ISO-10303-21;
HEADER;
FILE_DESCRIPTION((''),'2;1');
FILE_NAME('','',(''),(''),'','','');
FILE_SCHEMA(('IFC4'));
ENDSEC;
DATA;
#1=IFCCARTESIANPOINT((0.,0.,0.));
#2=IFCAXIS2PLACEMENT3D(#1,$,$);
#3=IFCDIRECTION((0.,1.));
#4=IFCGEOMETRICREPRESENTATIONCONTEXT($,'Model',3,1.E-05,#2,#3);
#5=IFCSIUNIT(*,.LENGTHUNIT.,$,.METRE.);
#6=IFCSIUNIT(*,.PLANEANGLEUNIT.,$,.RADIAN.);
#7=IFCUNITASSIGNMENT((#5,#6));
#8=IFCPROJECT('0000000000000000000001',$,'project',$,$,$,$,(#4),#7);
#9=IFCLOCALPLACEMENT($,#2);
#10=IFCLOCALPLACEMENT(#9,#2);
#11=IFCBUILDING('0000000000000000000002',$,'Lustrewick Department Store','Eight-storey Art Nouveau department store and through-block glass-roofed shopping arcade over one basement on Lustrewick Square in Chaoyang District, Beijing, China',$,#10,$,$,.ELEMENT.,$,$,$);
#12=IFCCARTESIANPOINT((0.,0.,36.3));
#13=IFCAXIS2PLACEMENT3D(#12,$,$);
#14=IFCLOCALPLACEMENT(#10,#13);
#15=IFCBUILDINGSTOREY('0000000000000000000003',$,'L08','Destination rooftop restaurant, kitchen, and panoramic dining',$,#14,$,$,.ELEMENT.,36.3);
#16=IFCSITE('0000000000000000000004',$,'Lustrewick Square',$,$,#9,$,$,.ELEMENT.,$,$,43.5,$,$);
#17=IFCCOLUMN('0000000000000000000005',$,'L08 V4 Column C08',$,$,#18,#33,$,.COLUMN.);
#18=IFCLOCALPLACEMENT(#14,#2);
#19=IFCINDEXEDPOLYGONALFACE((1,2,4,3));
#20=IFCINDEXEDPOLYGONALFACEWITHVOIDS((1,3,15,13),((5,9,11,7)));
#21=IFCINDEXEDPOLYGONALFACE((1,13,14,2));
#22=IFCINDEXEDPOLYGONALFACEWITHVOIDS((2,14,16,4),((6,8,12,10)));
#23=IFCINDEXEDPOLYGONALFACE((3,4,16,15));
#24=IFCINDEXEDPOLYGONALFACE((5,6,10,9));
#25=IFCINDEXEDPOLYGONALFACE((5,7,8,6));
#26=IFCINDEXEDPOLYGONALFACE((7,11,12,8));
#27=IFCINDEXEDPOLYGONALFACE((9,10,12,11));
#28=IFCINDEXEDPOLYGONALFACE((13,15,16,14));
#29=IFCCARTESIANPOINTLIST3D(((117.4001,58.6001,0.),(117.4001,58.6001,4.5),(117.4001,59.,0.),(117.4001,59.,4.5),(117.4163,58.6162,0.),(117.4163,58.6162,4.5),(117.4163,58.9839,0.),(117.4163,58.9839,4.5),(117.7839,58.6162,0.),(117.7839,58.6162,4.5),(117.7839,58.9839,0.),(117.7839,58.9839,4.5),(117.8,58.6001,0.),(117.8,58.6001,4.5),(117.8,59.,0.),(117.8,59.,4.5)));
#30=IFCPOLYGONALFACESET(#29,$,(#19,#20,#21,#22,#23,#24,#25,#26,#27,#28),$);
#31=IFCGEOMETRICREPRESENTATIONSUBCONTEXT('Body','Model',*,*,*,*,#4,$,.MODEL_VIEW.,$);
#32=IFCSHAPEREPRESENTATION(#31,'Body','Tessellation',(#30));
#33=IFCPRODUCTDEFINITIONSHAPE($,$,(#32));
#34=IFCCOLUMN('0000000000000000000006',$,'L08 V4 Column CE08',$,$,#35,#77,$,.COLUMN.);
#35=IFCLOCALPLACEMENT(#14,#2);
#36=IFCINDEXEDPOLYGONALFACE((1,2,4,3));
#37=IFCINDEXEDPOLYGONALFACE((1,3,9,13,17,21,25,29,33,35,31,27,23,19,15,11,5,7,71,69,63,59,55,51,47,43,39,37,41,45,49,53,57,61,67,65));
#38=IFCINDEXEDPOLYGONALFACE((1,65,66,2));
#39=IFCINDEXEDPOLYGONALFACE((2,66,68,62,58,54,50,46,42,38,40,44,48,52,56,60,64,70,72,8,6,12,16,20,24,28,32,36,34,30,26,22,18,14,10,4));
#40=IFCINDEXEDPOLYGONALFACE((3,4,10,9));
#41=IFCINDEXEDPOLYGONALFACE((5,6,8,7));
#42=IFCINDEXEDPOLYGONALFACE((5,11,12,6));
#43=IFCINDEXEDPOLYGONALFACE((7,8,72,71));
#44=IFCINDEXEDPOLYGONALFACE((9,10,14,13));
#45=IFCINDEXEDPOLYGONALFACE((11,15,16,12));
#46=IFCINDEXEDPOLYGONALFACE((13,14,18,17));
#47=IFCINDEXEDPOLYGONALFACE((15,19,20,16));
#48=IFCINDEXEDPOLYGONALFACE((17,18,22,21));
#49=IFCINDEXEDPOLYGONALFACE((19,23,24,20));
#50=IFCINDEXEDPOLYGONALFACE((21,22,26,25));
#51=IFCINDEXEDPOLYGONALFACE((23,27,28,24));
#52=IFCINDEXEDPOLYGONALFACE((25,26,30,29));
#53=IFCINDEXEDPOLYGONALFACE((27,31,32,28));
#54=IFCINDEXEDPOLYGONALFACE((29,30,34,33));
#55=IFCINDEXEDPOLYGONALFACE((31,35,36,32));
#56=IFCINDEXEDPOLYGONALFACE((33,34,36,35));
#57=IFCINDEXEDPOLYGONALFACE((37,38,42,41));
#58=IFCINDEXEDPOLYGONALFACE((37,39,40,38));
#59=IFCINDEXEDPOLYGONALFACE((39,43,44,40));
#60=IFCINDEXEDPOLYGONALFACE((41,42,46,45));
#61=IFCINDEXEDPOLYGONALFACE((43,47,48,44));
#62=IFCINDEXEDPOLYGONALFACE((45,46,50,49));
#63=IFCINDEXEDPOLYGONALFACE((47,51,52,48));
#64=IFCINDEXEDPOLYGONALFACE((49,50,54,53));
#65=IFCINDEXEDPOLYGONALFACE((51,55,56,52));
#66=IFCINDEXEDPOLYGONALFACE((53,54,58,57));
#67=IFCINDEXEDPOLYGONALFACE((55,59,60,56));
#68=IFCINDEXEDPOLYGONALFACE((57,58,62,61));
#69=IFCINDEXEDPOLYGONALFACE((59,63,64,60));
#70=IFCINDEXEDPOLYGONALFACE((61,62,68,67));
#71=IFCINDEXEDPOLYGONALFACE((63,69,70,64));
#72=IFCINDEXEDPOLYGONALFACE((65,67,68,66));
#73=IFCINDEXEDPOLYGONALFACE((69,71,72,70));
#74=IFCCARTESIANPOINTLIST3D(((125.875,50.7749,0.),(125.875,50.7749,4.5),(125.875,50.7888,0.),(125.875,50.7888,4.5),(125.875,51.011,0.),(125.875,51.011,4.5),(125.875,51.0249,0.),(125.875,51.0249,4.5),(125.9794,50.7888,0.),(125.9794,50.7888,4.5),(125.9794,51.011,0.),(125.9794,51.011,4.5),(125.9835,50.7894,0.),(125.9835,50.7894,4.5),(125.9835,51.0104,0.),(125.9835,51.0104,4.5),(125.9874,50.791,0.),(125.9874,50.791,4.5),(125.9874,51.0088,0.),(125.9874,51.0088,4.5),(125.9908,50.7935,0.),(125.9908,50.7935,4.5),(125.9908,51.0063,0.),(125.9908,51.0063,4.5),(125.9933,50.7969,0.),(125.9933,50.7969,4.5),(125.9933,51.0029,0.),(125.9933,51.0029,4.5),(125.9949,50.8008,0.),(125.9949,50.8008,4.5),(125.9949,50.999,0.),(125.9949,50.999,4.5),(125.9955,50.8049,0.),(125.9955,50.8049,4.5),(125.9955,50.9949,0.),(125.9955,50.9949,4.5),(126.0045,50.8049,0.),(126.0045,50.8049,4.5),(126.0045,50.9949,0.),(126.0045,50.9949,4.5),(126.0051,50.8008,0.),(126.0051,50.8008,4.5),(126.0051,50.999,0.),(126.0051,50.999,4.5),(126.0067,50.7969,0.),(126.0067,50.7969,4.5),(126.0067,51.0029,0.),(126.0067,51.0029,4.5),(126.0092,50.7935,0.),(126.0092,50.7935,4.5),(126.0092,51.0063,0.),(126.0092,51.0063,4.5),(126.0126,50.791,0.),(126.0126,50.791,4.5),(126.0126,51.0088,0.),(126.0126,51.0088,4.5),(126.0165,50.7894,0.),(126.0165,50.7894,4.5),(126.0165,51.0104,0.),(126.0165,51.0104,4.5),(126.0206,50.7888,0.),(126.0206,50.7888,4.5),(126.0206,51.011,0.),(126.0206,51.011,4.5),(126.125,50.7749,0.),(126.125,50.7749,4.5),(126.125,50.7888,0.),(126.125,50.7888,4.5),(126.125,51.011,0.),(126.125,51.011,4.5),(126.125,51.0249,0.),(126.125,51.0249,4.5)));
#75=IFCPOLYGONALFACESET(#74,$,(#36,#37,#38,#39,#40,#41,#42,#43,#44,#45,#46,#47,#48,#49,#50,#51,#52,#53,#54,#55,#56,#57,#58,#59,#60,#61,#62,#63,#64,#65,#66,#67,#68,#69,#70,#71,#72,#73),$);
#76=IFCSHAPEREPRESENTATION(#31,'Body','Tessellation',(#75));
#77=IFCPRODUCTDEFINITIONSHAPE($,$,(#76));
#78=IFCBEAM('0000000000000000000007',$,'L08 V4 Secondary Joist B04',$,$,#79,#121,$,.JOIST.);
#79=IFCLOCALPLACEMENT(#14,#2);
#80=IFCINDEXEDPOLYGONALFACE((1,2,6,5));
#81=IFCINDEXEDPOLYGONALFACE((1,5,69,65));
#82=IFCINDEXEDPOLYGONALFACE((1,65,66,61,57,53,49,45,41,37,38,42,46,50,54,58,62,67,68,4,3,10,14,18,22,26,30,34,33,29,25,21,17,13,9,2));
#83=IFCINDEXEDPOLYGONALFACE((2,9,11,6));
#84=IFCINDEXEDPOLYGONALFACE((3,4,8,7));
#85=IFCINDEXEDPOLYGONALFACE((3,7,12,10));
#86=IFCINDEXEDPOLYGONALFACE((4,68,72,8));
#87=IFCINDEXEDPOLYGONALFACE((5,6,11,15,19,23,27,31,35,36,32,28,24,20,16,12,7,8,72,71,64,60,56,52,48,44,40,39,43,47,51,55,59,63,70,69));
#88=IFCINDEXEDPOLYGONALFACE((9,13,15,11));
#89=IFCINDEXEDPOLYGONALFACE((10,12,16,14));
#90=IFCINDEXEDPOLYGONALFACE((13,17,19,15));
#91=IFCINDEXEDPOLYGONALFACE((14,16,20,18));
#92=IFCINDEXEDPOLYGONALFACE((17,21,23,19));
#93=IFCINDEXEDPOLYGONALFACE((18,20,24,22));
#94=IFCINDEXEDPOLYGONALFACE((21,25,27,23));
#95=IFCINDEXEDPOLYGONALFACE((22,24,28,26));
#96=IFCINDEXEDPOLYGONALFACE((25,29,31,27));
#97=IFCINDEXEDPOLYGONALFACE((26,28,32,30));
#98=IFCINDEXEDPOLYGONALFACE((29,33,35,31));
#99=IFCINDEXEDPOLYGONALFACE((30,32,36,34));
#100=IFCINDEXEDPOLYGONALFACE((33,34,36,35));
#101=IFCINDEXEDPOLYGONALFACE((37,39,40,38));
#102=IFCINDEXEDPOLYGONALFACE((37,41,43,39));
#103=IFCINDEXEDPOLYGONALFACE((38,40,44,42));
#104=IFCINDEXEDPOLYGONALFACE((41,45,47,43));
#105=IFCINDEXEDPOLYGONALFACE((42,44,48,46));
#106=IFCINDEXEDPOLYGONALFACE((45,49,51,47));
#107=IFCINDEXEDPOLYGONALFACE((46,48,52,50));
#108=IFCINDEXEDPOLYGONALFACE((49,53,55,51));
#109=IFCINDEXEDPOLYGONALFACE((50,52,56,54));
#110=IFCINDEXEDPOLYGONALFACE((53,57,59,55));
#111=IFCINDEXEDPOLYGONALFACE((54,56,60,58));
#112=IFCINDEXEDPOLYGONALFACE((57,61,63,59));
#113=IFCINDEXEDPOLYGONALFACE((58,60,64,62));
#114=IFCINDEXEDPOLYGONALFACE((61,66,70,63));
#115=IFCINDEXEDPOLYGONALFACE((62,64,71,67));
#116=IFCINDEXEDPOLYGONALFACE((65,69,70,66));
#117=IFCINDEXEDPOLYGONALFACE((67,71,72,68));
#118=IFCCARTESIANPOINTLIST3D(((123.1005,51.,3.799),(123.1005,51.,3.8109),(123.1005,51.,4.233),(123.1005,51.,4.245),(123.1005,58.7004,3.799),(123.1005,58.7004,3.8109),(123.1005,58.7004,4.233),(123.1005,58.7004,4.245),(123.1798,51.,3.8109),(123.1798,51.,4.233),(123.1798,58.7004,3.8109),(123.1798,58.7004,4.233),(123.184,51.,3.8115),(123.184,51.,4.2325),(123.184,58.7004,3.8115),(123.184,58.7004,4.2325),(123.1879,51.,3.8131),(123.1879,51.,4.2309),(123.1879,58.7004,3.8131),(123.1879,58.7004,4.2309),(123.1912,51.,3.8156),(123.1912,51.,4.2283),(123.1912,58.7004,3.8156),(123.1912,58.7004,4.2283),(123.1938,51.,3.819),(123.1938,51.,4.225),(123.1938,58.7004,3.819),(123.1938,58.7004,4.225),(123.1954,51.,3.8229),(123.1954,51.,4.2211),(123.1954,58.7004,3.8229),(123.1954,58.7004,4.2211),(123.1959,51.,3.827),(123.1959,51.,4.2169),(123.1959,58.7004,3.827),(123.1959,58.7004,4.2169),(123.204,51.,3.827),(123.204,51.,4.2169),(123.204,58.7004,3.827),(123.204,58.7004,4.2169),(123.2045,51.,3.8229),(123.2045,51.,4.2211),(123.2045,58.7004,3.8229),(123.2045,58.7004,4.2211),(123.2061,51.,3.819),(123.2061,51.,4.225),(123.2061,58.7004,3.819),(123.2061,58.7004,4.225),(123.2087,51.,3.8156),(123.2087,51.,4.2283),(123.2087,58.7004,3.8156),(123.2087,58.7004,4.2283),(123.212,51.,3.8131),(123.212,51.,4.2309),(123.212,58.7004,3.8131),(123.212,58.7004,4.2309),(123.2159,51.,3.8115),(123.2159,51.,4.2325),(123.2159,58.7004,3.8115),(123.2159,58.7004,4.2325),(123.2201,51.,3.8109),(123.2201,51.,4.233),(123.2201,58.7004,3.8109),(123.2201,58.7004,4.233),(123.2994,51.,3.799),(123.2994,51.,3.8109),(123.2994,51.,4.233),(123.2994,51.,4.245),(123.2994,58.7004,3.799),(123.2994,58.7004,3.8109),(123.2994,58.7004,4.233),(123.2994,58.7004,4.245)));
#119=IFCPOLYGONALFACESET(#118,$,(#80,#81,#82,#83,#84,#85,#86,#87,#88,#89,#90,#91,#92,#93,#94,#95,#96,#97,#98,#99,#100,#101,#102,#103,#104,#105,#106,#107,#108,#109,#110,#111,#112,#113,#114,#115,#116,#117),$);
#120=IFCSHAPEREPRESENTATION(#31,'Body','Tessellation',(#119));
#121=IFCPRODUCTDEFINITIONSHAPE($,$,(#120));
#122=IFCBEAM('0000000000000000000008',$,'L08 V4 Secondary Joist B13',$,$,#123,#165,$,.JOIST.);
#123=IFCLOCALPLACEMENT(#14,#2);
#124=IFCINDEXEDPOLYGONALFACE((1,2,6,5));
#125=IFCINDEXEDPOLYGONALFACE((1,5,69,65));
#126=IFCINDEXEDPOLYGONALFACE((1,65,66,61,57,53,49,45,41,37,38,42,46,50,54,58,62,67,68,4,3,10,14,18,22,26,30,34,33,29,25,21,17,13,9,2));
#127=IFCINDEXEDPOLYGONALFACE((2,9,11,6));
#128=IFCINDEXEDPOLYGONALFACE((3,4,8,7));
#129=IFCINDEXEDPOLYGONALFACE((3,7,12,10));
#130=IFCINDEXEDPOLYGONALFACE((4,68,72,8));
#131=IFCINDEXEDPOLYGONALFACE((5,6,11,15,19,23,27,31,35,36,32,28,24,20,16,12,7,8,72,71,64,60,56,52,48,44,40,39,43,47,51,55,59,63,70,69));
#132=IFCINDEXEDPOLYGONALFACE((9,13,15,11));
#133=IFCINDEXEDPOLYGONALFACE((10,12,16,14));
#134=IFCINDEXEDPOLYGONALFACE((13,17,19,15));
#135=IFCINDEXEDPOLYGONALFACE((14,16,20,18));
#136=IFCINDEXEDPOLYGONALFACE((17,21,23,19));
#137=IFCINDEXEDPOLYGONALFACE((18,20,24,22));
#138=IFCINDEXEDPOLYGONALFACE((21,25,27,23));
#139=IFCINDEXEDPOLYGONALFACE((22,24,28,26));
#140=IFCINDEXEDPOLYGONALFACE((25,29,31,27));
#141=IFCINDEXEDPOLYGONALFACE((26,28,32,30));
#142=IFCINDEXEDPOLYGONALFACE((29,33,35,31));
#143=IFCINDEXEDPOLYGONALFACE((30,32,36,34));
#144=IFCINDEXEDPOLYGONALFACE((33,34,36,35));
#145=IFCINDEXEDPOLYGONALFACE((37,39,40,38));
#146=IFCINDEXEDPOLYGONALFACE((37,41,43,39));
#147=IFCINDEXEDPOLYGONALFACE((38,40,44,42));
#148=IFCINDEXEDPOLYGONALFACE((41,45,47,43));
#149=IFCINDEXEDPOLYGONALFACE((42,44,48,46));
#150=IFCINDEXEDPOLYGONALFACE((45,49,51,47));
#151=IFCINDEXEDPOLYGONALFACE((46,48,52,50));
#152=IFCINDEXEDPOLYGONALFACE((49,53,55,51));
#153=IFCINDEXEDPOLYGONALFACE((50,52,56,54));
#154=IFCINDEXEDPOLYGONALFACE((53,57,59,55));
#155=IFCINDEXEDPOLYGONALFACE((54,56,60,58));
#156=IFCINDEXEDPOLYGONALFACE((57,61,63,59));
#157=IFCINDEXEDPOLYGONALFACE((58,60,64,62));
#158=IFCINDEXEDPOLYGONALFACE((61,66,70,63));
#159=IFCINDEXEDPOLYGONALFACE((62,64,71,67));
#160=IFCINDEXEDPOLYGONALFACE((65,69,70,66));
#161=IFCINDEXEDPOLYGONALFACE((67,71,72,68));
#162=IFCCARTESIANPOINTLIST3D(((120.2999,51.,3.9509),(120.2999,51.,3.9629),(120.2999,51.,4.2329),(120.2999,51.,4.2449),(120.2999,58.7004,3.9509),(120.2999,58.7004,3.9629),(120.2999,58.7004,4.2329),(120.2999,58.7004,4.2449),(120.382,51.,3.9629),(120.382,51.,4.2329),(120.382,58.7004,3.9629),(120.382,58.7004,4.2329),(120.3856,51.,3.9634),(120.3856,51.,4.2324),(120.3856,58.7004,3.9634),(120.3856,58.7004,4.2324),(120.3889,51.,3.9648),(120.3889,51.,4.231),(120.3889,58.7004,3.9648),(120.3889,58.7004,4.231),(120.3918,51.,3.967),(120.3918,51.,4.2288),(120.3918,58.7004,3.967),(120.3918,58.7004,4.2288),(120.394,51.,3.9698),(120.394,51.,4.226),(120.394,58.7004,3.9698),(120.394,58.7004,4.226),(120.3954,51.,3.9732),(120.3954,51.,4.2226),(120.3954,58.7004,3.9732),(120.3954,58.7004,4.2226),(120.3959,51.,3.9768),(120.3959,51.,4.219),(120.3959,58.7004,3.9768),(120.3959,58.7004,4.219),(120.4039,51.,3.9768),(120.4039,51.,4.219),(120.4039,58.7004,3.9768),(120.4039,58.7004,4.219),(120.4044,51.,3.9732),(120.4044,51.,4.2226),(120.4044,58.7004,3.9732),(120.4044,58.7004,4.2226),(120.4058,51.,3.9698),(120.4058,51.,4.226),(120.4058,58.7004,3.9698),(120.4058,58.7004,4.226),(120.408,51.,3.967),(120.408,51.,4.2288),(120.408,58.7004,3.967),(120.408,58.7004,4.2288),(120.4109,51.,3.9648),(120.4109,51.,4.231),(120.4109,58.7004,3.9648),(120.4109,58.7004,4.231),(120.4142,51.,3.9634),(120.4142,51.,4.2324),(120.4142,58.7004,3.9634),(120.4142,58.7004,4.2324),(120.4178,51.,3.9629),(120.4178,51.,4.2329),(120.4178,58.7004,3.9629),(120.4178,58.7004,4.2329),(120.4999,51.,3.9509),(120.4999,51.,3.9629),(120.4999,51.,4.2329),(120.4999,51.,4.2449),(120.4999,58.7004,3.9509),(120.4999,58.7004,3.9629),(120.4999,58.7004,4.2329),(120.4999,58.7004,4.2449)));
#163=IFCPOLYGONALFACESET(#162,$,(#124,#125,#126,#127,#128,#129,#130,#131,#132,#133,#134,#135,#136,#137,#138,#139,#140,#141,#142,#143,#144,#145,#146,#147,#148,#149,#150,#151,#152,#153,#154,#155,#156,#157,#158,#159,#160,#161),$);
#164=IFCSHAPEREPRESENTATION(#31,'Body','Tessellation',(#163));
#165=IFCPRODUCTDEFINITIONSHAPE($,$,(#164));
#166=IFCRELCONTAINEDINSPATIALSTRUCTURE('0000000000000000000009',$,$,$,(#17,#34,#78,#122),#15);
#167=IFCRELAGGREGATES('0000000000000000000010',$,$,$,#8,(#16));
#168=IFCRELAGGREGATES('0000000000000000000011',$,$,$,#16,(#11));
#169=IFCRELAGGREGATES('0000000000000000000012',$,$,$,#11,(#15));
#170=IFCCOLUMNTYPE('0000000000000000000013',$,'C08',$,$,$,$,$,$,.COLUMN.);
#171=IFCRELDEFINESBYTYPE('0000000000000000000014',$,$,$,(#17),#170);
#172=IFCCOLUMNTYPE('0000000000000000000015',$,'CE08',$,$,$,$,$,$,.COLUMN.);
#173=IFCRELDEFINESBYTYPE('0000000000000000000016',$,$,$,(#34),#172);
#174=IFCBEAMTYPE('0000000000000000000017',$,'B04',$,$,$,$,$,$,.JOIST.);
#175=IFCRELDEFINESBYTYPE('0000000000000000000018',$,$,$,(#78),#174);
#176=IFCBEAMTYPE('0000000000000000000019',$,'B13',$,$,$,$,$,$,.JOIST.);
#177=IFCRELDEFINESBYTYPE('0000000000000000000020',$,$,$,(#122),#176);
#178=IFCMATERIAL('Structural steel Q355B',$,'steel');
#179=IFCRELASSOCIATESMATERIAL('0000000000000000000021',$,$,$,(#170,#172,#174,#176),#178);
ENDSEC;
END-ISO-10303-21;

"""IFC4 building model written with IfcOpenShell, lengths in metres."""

from ifc_helpers import new_model, si_unit, direction, frame, origin, origin_2d, place, context, subcontext, project, spatial, hollow_rectangle, i_section, extrude, material, material_profile, profile_set, type_object, element, save


model = new_model("IFC4")

# Units and contexts
model_context = context("Model", 3, precision=1e-05, world=origin(), true_north=direction((0.0, 1.0)))
body_context = subcontext(model_context, "Body", "Model", "MODEL_VIEW")
ifc_project = project(units=[si_unit("LENGTHUNIT", "METRE"), si_unit("PLANEANGLEUNIT", "RADIAN")], contexts=[model_context])

# Site, building, storey
site_placement = place(None, origin())
site = spatial("IfcSite", under=ifc_project, at=site_placement, Name="Lustrewick Square", CompositionType="ELEMENT", RefElevation=43.5)
building_placement = place(site_placement, origin())
building = spatial("IfcBuilding", under=site, at=building_placement, Name="Lustrewick Department Store", Description="Eight-storey Art Nouveau department store and through-block glass-roofed shopping arcade over one basement on Lustrewick Square in Chaoyang District, Beijing, China", CompositionType="ELEMENT")
storey_placement = place(building_placement, frame((0.0, 0.0, 36.3)))
storey = spatial("IfcBuildingStorey", under=building, at=storey_placement, Name="L08", Description="Destination rooftop restaurant, kitchen, and panoramic dining", CompositionType="ELEMENT", Elevation=36.3)

# Columns
ifc_material_1 = material(Name="Structural steel Q355B", Category="steel")
ifc_material_profile_1 = material_profile(ifc_material_1, hollow_rectangle(XDim=0.3999, YDim=0.3999, WallThickness=0.0161, at=origin_2d()), Name="BOX 400x400x16")
ifc_profile_set_1 = profile_set([ifc_material_profile_1], Name="Structural steel Q355B")
column_type_1 = type_object("IfcColumnType", Name="C08", PredefinedType="COLUMN", material=ifc_profile_set_1)
column_1_placement = place(storey_placement, frame((117.6001, 58.8, 0.0), z_axis=(0.0, 0.0, 1.0), x_axis=(1.0, 0.0, 0.0)))
element("IfcColumn", 1, at=column_1_placement, inside=storey, type_object=column_type_1, Name="L08 V4 Column C08", PredefinedType="COLUMN", context=body_context, shape_type="SweptSolid", body=[
    extrude(hollow_rectangle(XDim=0.3999, YDim=0.3999, WallThickness=0.0161, at=origin_2d()), origin(), (0.0, 0.0, 1.0), 4.5),
])
ifc_material_profile_2 = material_profile(ifc_material_1, i_section(OverallWidth=0.25, OverallDepth=0.25, WebThickness=0.009, FlangeThickness=0.0139, FilletRadius=0.0161, at=origin_2d()), Name="HW 250x250x9x14")
ifc_profile_set_2 = profile_set([ifc_material_profile_2], Name="Structural steel Q355B")
column_type_2 = type_object("IfcColumnType", Name="CE08", PredefinedType="COLUMN", material=ifc_profile_set_2)
column_2_placement = place(storey_placement, frame((126.0, 50.8999, 0.0), z_axis=(0.0, 0.0, 1.0), x_axis=(1.0, 0.0, 0.0)))
element("IfcColumn", 2, at=column_2_placement, inside=storey, type_object=column_type_2, Name="L08 V4 Column CE08", PredefinedType="COLUMN", context=body_context, shape_type="SweptSolid", body=[
    extrude(i_section(OverallWidth=0.25, OverallDepth=0.25, WebThickness=0.009, FlangeThickness=0.0139, FilletRadius=0.0161, at=origin_2d()), origin(), (0.0, 0.0, 1.0), 4.5),
])

# Beams
ifc_material_profile_3 = material_profile(ifc_material_1, i_section(OverallWidth=0.199, OverallDepth=0.446, WebThickness=0.0081, FlangeThickness=0.012, FilletRadius=0.0161, at=origin_2d()), Name="HN 446x199x8x12")
ifc_profile_set_3 = profile_set([ifc_material_profile_3], Name="Structural steel Q355B")
beam_type_1 = type_object("IfcBeamType", Name="B04", PredefinedType="JOIST", material=ifc_profile_set_3)
beam_1_placement = place(storey_placement, frame((123.2, 51.0, 4.022), z_axis=(0.0, 1.0, 0.0), x_axis=(-1.0, 0.0, 0.0)))
element("IfcBeam", 3, at=beam_1_placement, inside=storey, type_object=beam_type_1, Name="L08 V4 Secondary Joist B04", PredefinedType="JOIST", context=body_context, shape_type="SweptSolid", body=[
    extrude(i_section(OverallWidth=0.199, OverallDepth=0.446, WebThickness=0.0081, FlangeThickness=0.012, FilletRadius=0.0161, at=origin_2d()), origin(), (0.0, 0.0, 1.0), 7.7004),
])
ifc_material_profile_4 = material_profile(ifc_material_1, i_section(OverallWidth=0.2, OverallDepth=0.2939, WebThickness=0.0081, FlangeThickness=0.012, FilletRadius=0.0139, at=origin_2d()), Name="HM 294x200x8x12")
ifc_profile_set_4 = profile_set([ifc_material_profile_4], Name="Structural steel Q355B")
beam_type_2 = type_object("IfcBeamType", Name="B13", PredefinedType="JOIST", material=ifc_profile_set_4)
beam_2_placement = place(storey_placement, frame((120.3999, 51.0, 4.0979), z_axis=(0.0, 1.0, 0.0), x_axis=(-1.0, 0.0, 0.0)))
element("IfcBeam", 4, at=beam_2_placement, inside=storey, type_object=beam_type_2, Name="L08 V4 Secondary Joist B13", PredefinedType="JOIST", context=body_context, shape_type="SweptSolid", body=[
    extrude(i_section(OverallWidth=0.2, OverallDepth=0.2939, WebThickness=0.0081, FlangeThickness=0.012, FilletRadius=0.0139, at=origin_2d()), origin(), (0.0, 0.0, 1.0), 7.7004),
])

save(model, "model.ifc")
